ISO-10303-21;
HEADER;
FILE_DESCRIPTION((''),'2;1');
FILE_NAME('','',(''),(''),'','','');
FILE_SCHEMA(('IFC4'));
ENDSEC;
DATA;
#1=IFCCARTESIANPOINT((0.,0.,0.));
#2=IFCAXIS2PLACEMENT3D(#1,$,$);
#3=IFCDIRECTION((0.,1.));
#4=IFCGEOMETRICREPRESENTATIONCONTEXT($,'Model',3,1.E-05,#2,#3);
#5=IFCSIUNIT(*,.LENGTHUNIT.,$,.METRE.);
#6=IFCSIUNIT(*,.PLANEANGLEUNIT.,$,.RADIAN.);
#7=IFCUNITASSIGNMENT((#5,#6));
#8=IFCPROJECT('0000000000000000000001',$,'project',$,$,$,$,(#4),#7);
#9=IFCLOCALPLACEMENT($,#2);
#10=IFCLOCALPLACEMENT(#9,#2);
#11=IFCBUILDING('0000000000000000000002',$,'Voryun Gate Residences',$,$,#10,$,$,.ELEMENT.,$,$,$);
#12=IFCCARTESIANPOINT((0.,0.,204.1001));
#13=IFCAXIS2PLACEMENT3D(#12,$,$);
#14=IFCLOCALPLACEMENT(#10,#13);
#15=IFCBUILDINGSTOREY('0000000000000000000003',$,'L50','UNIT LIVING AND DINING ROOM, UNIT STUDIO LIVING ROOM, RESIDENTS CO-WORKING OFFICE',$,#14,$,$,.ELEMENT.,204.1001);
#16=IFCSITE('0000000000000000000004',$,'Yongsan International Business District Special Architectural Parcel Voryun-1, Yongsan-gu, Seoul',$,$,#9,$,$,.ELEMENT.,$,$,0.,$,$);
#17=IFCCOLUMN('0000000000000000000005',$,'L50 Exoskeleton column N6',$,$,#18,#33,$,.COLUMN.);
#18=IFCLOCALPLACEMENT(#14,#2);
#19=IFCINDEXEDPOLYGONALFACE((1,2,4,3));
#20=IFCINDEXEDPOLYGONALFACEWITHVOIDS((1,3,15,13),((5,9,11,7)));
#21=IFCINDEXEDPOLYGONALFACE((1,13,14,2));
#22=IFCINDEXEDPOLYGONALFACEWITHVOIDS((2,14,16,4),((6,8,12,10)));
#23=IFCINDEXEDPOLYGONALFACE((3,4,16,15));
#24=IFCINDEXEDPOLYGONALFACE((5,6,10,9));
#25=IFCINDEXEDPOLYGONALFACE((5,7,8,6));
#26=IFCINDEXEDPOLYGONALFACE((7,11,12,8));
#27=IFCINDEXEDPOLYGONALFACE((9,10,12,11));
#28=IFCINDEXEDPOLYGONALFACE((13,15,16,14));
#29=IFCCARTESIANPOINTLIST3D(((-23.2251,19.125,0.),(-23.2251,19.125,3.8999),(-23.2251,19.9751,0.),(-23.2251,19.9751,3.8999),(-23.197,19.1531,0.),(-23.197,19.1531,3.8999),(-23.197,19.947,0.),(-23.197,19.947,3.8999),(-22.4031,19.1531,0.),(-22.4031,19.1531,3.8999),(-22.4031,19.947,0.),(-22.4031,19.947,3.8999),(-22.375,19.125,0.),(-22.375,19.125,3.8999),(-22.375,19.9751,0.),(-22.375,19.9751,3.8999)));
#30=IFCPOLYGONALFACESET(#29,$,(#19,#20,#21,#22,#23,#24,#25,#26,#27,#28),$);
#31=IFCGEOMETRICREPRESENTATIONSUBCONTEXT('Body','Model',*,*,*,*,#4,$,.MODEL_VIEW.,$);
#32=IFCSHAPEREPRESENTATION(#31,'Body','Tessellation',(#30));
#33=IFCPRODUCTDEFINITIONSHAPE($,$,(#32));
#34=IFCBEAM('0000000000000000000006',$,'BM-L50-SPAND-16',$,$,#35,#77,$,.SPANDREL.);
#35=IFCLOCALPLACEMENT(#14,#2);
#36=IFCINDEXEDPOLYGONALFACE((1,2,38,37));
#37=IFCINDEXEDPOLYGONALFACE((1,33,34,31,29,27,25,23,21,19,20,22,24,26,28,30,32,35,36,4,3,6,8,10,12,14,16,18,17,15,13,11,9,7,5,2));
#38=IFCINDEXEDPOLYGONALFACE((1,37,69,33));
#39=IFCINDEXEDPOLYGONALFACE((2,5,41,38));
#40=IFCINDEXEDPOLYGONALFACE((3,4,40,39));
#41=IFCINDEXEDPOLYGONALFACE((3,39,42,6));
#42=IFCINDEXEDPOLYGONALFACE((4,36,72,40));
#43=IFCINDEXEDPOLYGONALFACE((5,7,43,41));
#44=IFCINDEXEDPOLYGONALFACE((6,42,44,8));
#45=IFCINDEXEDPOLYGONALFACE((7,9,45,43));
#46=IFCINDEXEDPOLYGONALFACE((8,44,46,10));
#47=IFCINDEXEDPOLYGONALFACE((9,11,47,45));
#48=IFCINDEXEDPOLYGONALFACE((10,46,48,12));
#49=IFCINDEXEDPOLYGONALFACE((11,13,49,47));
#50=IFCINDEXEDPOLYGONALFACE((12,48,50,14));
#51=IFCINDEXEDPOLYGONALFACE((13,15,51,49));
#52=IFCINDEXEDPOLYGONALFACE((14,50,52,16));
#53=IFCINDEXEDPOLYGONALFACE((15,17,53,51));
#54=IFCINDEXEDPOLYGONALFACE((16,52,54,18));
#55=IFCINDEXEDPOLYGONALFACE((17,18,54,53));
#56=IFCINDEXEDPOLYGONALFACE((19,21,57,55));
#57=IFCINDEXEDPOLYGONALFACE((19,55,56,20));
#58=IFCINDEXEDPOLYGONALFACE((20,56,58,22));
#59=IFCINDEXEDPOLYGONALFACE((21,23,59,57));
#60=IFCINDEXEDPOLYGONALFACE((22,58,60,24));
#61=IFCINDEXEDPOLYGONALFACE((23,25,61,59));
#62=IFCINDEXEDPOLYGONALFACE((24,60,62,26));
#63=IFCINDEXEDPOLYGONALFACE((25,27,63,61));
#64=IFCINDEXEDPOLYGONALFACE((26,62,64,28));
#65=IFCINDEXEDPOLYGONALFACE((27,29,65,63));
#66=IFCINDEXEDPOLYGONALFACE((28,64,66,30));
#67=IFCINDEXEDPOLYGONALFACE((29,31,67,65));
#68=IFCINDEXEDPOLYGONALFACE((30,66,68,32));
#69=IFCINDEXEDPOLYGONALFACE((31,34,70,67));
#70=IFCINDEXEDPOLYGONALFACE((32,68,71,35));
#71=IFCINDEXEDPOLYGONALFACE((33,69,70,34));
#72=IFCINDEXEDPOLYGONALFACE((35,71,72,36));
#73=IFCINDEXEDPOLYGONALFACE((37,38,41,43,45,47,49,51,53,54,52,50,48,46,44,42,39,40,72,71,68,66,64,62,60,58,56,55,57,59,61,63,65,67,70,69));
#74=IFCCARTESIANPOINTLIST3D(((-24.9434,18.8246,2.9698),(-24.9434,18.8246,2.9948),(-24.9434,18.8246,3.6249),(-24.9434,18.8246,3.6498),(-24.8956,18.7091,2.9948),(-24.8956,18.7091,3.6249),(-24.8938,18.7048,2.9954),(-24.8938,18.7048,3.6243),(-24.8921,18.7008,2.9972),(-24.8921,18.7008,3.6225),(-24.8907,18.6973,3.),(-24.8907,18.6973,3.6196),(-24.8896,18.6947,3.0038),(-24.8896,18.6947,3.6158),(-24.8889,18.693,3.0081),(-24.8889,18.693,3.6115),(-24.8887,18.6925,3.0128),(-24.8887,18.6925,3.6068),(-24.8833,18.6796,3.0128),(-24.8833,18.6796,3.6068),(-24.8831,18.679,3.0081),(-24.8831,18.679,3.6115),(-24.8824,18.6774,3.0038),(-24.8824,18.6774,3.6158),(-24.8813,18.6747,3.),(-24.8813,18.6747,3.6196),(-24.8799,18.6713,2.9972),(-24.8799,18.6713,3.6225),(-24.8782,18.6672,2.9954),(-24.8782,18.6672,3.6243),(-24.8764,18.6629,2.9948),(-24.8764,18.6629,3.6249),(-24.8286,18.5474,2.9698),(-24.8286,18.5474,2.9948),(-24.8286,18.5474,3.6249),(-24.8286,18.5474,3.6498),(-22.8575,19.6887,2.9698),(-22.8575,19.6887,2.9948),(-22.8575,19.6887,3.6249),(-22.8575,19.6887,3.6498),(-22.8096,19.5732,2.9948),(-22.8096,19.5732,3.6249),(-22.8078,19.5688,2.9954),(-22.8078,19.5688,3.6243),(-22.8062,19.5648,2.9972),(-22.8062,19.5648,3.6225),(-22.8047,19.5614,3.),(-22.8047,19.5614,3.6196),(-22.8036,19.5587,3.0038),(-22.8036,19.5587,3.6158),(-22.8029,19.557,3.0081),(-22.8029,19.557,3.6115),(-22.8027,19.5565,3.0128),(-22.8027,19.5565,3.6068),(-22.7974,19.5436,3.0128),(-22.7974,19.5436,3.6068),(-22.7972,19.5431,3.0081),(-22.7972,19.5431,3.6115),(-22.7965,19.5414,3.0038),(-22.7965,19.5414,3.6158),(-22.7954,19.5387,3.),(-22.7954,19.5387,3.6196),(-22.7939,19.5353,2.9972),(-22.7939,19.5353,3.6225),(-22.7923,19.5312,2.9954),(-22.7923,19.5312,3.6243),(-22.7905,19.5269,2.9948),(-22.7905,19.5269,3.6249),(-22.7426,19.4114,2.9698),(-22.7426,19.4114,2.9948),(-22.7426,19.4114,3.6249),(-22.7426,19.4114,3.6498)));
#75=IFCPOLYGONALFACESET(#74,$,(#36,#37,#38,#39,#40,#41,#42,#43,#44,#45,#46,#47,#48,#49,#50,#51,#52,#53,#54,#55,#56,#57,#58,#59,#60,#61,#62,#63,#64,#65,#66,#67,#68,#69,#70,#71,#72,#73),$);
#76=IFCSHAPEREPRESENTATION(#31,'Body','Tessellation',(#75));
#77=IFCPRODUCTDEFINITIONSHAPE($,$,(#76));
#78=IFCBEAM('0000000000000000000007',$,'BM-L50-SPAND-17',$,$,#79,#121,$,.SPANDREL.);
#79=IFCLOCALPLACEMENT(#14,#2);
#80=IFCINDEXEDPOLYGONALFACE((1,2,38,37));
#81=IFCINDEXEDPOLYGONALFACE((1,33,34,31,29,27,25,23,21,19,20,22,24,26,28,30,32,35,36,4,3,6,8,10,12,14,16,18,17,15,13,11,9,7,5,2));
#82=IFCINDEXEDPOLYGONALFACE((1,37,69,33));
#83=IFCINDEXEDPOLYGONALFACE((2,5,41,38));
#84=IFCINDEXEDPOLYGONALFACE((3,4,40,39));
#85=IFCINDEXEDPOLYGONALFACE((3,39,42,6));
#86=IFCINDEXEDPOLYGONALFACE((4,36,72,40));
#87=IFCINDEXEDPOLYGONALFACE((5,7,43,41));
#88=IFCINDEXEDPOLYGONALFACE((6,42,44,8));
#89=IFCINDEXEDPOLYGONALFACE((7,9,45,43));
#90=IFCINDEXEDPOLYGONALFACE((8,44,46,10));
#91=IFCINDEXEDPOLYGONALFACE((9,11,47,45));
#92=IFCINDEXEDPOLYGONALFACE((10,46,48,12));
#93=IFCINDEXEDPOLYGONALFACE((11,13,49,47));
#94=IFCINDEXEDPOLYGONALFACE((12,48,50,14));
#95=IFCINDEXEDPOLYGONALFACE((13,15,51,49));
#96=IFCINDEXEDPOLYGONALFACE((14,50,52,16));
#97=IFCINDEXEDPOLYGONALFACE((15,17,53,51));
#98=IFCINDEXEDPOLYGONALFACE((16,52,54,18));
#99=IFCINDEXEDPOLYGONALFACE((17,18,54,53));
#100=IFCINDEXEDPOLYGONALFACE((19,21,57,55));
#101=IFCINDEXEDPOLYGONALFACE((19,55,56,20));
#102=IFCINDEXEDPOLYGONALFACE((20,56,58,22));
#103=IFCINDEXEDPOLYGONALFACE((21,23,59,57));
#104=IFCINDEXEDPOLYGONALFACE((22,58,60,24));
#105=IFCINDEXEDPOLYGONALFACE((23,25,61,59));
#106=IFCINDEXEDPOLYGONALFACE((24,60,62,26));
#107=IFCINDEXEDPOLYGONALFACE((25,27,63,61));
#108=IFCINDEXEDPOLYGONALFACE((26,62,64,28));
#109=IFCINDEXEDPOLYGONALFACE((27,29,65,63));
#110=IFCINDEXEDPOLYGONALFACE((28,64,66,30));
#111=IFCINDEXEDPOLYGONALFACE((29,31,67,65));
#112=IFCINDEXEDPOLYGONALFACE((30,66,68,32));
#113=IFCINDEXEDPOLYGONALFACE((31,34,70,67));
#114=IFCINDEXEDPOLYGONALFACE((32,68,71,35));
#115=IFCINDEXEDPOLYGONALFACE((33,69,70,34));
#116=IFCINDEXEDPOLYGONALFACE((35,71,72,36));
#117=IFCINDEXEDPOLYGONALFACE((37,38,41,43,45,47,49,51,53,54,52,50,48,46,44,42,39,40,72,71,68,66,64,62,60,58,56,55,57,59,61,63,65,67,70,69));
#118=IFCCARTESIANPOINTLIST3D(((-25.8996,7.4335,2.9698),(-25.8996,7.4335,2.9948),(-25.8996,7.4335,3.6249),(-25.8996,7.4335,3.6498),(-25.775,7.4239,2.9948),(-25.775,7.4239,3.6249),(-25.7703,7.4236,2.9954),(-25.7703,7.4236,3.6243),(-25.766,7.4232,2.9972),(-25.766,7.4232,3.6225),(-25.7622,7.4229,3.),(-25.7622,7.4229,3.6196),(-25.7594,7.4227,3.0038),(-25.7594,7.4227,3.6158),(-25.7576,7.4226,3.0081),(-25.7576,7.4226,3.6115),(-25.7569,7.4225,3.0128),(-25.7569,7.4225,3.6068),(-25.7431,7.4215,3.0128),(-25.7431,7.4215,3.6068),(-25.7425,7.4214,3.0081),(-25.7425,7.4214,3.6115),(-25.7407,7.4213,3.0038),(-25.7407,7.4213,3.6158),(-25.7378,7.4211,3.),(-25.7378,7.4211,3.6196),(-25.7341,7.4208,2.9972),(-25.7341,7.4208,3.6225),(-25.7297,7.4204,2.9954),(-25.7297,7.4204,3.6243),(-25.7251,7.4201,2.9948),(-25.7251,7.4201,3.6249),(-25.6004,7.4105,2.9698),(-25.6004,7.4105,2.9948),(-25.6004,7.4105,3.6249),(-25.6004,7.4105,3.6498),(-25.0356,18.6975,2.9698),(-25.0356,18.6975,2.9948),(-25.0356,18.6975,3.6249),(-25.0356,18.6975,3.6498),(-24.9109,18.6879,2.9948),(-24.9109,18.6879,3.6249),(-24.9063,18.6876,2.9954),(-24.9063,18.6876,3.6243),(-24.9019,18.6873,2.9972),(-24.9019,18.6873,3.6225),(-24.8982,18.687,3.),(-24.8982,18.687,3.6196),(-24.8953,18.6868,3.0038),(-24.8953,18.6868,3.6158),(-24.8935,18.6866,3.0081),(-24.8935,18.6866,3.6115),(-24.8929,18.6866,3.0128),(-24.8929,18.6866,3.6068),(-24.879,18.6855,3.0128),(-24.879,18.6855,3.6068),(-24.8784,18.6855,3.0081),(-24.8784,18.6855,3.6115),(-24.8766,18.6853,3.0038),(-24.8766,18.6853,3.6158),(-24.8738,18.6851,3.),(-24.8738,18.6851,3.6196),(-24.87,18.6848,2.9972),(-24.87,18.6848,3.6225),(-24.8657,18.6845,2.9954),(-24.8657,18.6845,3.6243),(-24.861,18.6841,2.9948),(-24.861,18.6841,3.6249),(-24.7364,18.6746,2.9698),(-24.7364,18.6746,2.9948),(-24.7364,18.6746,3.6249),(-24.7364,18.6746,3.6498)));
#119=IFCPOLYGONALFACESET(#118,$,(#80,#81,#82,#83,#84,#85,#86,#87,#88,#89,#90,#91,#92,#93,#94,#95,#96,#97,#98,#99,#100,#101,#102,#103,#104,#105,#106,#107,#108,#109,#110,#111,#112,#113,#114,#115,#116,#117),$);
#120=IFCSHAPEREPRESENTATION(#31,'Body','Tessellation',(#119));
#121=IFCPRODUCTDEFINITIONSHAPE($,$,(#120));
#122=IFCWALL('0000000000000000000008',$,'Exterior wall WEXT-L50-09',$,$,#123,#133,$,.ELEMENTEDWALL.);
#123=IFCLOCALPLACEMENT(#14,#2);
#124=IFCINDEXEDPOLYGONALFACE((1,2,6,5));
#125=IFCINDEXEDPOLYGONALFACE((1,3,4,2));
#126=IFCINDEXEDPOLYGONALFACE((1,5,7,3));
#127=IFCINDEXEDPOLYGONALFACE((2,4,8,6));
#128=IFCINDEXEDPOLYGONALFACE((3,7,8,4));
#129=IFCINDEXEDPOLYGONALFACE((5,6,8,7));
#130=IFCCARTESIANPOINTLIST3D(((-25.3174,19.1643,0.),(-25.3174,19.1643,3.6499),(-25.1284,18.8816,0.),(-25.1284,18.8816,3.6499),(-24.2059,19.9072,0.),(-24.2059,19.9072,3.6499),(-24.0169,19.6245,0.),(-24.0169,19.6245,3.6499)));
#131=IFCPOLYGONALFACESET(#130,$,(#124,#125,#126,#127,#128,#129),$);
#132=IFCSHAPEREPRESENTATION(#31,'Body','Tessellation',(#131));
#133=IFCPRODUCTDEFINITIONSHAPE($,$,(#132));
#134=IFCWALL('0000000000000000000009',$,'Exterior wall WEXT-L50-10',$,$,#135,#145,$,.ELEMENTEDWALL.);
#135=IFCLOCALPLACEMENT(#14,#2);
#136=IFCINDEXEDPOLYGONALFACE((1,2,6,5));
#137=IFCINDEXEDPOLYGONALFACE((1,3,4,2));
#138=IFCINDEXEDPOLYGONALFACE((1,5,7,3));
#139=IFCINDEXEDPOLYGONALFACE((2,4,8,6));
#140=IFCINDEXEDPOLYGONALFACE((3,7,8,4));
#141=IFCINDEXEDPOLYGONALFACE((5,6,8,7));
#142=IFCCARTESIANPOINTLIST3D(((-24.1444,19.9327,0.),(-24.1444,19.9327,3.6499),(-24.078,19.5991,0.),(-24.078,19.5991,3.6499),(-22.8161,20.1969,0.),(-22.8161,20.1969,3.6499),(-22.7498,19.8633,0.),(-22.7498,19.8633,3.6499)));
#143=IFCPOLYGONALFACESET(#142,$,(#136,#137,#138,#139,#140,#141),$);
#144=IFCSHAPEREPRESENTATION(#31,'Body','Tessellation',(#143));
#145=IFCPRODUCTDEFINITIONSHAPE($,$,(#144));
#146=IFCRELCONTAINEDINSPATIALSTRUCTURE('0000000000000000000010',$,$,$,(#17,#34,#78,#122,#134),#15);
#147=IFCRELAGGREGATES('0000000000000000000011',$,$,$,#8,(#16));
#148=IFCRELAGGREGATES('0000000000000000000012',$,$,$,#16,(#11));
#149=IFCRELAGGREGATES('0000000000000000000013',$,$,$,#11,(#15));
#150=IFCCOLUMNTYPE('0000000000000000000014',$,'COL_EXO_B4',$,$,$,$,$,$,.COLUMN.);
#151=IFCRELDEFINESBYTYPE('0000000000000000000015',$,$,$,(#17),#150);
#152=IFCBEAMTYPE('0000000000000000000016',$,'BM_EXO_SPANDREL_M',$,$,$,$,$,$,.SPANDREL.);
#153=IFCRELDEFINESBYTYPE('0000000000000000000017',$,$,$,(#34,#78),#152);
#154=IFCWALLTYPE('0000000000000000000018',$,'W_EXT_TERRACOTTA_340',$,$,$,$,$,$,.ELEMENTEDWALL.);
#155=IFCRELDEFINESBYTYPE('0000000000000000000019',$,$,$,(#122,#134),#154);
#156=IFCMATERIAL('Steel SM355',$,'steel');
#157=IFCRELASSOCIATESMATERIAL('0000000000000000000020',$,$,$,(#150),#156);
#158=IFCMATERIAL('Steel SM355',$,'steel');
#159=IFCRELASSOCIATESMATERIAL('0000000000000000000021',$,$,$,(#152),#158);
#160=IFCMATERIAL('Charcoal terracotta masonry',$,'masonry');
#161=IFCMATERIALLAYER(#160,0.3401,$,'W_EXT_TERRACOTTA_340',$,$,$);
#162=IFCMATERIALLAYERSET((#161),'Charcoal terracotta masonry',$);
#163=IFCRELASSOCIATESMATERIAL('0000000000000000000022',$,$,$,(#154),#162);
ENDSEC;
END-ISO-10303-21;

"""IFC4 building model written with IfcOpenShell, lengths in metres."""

from ifc_helpers import new_model, si_unit, direction, frame, frame_2d, origin, origin_2d, place, context, subcontext, project, spatial, rectangle, hollow_rectangle, i_section, extrude, material, layer, layer_set, material_profile, profile_set, type_object, element, save


model = new_model("IFC4")

# Units and contexts
model_context = context("Model", 3, precision=1e-05, world=origin(), true_north=direction((0.0, 1.0)))
body_context = subcontext(model_context, "Body", "Model", "MODEL_VIEW")
ifc_project = project(units=[si_unit("LENGTHUNIT", "METRE"), si_unit("PLANEANGLEUNIT", "RADIAN")], contexts=[model_context])

# Site, building, storey
site_placement = place(None, origin())
site = spatial("IfcSite", under=ifc_project, at=site_placement, Name="Yongsan International Business District Special Architectural Parcel Voryun-1, Yongsan-gu, Seoul", CompositionType="ELEMENT", RefElevation=0.0)
building_placement = place(site_placement, origin())
building = spatial("IfcBuilding", under=site, at=building_placement, Name="Voryun Gate Residences", CompositionType="ELEMENT")
storey_placement = place(building_placement, frame((0.0, 0.0, 204.1001)))
storey = spatial("IfcBuildingStorey", under=building, at=storey_placement, Name="L50", Description="UNIT LIVING AND DINING ROOM, UNIT STUDIO LIVING ROOM, RESIDENTS CO-WORKING OFFICE", CompositionType="ELEMENT", Elevation=204.1001)

# Column
ifc_material_1 = material(Name="Steel SM355", Category="steel")
ifc_material_profile_1 = material_profile(ifc_material_1, hollow_rectangle(XDim=0.8501, YDim=0.8501, WallThickness=0.0281, at=origin_2d()), Name="BOX-850x850x28")
ifc_profile_set_1 = profile_set([ifc_material_profile_1], Name="Steel SM355")
column_type = type_object("IfcColumnType", Name="COL_EXO_B4", PredefinedType="COLUMN", material=ifc_profile_set_1)
column_placement = place(storey_placement, frame((-22.8, 19.55, 0.0), z_axis=(0.0, 0.0, 1.0), x_axis=(1.0, 0.0, 0.0)))
element("IfcColumn", 1, at=column_placement, inside=storey, type_object=column_type, Name="L50 Exoskeleton column N6", PredefinedType="COLUMN", context=body_context, shape_type="SweptSolid", body=[
    extrude(hollow_rectangle(XDim=0.8501, YDim=0.8501, WallThickness=0.0281, at=origin_2d()), origin(), (0.0, 0.0, 1.0), 3.8999),
])

# Beams
ifc_material_2 = material(Name="Steel SM355", Category="steel")
ifc_material_profile_2 = material_profile(ifc_material_2, i_section(OverallWidth=0.3, OverallDepth=0.6799, WebThickness=0.0139, FlangeThickness=0.0249, FilletRadius=0.0181, at=origin_2d()), Name="H-680x300x14x25")
ifc_profile_set_2 = profile_set([ifc_material_profile_2], Name="Steel SM355")
beam_type = type_object("IfcBeamType", Name="BM_EXO_SPANDREL_M", PredefinedType="SPANDREL", material=ifc_profile_set_2)
beam_1_placement = place(storey_placement, frame((-22.8, 19.55, 3.3098), z_axis=(-0.923881, -0.38268, 0.0), x_axis=(0.38268, -0.923881, 0.0)))
element("IfcBeam", 2, at=beam_1_placement, inside=storey, type_object=beam_type, Name="BM-L50-SPAND-16", PredefinedType="SPANDREL", context=body_context, shape_type="SweptSolid", body=[
    extrude(i_section(OverallWidth=0.3, OverallDepth=0.6799, WebThickness=0.0139, FlangeThickness=0.0249, FilletRadius=0.0181, at=origin_2d()), origin(), (0.0, 0.0, 1.0), 2.2578),
])
beam_2_placement = place(storey_placement, frame((-24.886, 18.686, 3.3098), z_axis=(-0.076482, -0.997071, 0.0), x_axis=(0.997071, -0.076482, 0.0)))
element("IfcBeam", 3, at=beam_2_placement, inside=storey, type_object=beam_type, Name="BM-L50-SPAND-17", PredefinedType="SPANDREL", context=body_context, shape_type="SweptSolid", body=[
    extrude(i_section(OverallWidth=0.3, OverallDepth=0.6799, WebThickness=0.0139, FlangeThickness=0.0249, FilletRadius=0.0181, at=origin_2d()), origin(), (0.0, 0.0, 1.0), 11.2971),
])

# Walls
ifc_material_3 = material(Name="Charcoal terracotta masonry", Category="masonry")
ifc_layer = layer(ifc_material_3, 0.3401, Name="W_EXT_TERRACOTTA_340")
ifc_layer_set = layer_set([ifc_layer], Name="Charcoal terracotta masonry")
wall_type = type_object("IfcWallType", Name="W_EXT_TERRACOTTA_340", PredefinedType="ELEMENTEDWALL", material=ifc_layer_set)
wall_1_placement = place(storey_placement, frame((-25.2229, 19.0229, 0.0), z_axis=(0.0, 0.0, 1.0), x_axis=(0.831404, 0.555669, 0.0)))
element("IfcWall", 4, at=wall_1_placement, inside=storey, type_object=wall_type, Name="Exterior wall WEXT-L50-09", PredefinedType="ELEMENTEDWALL", context=body_context, shape_type="SweptSolid", body=[
    extrude(rectangle(XDim=1.3369, YDim=0.3401, at=frame_2d((0.6685, 0.0))), origin(), (0.0, 0.0, 1.0), 3.6499),
])
wall_2_placement = place(storey_placement, frame((-24.1113, 19.7659, 0.0), z_axis=(0.0, 0.0, 1.0), x_axis=(0.980788, 0.195076, 0.0)))
element("IfcWall", 5, at=wall_2_placement, inside=storey, type_object=wall_type, Name="Exterior wall WEXT-L50-10", PredefinedType="ELEMENTEDWALL", context=body_context, shape_type="SweptSolid", body=[
    extrude(rectangle(XDim=1.3542, YDim=0.3401, at=frame_2d((0.6772, 0.0))), origin(), (0.0, 0.0, 1.0), 3.6499),
])

save(model, "model.ifc")
